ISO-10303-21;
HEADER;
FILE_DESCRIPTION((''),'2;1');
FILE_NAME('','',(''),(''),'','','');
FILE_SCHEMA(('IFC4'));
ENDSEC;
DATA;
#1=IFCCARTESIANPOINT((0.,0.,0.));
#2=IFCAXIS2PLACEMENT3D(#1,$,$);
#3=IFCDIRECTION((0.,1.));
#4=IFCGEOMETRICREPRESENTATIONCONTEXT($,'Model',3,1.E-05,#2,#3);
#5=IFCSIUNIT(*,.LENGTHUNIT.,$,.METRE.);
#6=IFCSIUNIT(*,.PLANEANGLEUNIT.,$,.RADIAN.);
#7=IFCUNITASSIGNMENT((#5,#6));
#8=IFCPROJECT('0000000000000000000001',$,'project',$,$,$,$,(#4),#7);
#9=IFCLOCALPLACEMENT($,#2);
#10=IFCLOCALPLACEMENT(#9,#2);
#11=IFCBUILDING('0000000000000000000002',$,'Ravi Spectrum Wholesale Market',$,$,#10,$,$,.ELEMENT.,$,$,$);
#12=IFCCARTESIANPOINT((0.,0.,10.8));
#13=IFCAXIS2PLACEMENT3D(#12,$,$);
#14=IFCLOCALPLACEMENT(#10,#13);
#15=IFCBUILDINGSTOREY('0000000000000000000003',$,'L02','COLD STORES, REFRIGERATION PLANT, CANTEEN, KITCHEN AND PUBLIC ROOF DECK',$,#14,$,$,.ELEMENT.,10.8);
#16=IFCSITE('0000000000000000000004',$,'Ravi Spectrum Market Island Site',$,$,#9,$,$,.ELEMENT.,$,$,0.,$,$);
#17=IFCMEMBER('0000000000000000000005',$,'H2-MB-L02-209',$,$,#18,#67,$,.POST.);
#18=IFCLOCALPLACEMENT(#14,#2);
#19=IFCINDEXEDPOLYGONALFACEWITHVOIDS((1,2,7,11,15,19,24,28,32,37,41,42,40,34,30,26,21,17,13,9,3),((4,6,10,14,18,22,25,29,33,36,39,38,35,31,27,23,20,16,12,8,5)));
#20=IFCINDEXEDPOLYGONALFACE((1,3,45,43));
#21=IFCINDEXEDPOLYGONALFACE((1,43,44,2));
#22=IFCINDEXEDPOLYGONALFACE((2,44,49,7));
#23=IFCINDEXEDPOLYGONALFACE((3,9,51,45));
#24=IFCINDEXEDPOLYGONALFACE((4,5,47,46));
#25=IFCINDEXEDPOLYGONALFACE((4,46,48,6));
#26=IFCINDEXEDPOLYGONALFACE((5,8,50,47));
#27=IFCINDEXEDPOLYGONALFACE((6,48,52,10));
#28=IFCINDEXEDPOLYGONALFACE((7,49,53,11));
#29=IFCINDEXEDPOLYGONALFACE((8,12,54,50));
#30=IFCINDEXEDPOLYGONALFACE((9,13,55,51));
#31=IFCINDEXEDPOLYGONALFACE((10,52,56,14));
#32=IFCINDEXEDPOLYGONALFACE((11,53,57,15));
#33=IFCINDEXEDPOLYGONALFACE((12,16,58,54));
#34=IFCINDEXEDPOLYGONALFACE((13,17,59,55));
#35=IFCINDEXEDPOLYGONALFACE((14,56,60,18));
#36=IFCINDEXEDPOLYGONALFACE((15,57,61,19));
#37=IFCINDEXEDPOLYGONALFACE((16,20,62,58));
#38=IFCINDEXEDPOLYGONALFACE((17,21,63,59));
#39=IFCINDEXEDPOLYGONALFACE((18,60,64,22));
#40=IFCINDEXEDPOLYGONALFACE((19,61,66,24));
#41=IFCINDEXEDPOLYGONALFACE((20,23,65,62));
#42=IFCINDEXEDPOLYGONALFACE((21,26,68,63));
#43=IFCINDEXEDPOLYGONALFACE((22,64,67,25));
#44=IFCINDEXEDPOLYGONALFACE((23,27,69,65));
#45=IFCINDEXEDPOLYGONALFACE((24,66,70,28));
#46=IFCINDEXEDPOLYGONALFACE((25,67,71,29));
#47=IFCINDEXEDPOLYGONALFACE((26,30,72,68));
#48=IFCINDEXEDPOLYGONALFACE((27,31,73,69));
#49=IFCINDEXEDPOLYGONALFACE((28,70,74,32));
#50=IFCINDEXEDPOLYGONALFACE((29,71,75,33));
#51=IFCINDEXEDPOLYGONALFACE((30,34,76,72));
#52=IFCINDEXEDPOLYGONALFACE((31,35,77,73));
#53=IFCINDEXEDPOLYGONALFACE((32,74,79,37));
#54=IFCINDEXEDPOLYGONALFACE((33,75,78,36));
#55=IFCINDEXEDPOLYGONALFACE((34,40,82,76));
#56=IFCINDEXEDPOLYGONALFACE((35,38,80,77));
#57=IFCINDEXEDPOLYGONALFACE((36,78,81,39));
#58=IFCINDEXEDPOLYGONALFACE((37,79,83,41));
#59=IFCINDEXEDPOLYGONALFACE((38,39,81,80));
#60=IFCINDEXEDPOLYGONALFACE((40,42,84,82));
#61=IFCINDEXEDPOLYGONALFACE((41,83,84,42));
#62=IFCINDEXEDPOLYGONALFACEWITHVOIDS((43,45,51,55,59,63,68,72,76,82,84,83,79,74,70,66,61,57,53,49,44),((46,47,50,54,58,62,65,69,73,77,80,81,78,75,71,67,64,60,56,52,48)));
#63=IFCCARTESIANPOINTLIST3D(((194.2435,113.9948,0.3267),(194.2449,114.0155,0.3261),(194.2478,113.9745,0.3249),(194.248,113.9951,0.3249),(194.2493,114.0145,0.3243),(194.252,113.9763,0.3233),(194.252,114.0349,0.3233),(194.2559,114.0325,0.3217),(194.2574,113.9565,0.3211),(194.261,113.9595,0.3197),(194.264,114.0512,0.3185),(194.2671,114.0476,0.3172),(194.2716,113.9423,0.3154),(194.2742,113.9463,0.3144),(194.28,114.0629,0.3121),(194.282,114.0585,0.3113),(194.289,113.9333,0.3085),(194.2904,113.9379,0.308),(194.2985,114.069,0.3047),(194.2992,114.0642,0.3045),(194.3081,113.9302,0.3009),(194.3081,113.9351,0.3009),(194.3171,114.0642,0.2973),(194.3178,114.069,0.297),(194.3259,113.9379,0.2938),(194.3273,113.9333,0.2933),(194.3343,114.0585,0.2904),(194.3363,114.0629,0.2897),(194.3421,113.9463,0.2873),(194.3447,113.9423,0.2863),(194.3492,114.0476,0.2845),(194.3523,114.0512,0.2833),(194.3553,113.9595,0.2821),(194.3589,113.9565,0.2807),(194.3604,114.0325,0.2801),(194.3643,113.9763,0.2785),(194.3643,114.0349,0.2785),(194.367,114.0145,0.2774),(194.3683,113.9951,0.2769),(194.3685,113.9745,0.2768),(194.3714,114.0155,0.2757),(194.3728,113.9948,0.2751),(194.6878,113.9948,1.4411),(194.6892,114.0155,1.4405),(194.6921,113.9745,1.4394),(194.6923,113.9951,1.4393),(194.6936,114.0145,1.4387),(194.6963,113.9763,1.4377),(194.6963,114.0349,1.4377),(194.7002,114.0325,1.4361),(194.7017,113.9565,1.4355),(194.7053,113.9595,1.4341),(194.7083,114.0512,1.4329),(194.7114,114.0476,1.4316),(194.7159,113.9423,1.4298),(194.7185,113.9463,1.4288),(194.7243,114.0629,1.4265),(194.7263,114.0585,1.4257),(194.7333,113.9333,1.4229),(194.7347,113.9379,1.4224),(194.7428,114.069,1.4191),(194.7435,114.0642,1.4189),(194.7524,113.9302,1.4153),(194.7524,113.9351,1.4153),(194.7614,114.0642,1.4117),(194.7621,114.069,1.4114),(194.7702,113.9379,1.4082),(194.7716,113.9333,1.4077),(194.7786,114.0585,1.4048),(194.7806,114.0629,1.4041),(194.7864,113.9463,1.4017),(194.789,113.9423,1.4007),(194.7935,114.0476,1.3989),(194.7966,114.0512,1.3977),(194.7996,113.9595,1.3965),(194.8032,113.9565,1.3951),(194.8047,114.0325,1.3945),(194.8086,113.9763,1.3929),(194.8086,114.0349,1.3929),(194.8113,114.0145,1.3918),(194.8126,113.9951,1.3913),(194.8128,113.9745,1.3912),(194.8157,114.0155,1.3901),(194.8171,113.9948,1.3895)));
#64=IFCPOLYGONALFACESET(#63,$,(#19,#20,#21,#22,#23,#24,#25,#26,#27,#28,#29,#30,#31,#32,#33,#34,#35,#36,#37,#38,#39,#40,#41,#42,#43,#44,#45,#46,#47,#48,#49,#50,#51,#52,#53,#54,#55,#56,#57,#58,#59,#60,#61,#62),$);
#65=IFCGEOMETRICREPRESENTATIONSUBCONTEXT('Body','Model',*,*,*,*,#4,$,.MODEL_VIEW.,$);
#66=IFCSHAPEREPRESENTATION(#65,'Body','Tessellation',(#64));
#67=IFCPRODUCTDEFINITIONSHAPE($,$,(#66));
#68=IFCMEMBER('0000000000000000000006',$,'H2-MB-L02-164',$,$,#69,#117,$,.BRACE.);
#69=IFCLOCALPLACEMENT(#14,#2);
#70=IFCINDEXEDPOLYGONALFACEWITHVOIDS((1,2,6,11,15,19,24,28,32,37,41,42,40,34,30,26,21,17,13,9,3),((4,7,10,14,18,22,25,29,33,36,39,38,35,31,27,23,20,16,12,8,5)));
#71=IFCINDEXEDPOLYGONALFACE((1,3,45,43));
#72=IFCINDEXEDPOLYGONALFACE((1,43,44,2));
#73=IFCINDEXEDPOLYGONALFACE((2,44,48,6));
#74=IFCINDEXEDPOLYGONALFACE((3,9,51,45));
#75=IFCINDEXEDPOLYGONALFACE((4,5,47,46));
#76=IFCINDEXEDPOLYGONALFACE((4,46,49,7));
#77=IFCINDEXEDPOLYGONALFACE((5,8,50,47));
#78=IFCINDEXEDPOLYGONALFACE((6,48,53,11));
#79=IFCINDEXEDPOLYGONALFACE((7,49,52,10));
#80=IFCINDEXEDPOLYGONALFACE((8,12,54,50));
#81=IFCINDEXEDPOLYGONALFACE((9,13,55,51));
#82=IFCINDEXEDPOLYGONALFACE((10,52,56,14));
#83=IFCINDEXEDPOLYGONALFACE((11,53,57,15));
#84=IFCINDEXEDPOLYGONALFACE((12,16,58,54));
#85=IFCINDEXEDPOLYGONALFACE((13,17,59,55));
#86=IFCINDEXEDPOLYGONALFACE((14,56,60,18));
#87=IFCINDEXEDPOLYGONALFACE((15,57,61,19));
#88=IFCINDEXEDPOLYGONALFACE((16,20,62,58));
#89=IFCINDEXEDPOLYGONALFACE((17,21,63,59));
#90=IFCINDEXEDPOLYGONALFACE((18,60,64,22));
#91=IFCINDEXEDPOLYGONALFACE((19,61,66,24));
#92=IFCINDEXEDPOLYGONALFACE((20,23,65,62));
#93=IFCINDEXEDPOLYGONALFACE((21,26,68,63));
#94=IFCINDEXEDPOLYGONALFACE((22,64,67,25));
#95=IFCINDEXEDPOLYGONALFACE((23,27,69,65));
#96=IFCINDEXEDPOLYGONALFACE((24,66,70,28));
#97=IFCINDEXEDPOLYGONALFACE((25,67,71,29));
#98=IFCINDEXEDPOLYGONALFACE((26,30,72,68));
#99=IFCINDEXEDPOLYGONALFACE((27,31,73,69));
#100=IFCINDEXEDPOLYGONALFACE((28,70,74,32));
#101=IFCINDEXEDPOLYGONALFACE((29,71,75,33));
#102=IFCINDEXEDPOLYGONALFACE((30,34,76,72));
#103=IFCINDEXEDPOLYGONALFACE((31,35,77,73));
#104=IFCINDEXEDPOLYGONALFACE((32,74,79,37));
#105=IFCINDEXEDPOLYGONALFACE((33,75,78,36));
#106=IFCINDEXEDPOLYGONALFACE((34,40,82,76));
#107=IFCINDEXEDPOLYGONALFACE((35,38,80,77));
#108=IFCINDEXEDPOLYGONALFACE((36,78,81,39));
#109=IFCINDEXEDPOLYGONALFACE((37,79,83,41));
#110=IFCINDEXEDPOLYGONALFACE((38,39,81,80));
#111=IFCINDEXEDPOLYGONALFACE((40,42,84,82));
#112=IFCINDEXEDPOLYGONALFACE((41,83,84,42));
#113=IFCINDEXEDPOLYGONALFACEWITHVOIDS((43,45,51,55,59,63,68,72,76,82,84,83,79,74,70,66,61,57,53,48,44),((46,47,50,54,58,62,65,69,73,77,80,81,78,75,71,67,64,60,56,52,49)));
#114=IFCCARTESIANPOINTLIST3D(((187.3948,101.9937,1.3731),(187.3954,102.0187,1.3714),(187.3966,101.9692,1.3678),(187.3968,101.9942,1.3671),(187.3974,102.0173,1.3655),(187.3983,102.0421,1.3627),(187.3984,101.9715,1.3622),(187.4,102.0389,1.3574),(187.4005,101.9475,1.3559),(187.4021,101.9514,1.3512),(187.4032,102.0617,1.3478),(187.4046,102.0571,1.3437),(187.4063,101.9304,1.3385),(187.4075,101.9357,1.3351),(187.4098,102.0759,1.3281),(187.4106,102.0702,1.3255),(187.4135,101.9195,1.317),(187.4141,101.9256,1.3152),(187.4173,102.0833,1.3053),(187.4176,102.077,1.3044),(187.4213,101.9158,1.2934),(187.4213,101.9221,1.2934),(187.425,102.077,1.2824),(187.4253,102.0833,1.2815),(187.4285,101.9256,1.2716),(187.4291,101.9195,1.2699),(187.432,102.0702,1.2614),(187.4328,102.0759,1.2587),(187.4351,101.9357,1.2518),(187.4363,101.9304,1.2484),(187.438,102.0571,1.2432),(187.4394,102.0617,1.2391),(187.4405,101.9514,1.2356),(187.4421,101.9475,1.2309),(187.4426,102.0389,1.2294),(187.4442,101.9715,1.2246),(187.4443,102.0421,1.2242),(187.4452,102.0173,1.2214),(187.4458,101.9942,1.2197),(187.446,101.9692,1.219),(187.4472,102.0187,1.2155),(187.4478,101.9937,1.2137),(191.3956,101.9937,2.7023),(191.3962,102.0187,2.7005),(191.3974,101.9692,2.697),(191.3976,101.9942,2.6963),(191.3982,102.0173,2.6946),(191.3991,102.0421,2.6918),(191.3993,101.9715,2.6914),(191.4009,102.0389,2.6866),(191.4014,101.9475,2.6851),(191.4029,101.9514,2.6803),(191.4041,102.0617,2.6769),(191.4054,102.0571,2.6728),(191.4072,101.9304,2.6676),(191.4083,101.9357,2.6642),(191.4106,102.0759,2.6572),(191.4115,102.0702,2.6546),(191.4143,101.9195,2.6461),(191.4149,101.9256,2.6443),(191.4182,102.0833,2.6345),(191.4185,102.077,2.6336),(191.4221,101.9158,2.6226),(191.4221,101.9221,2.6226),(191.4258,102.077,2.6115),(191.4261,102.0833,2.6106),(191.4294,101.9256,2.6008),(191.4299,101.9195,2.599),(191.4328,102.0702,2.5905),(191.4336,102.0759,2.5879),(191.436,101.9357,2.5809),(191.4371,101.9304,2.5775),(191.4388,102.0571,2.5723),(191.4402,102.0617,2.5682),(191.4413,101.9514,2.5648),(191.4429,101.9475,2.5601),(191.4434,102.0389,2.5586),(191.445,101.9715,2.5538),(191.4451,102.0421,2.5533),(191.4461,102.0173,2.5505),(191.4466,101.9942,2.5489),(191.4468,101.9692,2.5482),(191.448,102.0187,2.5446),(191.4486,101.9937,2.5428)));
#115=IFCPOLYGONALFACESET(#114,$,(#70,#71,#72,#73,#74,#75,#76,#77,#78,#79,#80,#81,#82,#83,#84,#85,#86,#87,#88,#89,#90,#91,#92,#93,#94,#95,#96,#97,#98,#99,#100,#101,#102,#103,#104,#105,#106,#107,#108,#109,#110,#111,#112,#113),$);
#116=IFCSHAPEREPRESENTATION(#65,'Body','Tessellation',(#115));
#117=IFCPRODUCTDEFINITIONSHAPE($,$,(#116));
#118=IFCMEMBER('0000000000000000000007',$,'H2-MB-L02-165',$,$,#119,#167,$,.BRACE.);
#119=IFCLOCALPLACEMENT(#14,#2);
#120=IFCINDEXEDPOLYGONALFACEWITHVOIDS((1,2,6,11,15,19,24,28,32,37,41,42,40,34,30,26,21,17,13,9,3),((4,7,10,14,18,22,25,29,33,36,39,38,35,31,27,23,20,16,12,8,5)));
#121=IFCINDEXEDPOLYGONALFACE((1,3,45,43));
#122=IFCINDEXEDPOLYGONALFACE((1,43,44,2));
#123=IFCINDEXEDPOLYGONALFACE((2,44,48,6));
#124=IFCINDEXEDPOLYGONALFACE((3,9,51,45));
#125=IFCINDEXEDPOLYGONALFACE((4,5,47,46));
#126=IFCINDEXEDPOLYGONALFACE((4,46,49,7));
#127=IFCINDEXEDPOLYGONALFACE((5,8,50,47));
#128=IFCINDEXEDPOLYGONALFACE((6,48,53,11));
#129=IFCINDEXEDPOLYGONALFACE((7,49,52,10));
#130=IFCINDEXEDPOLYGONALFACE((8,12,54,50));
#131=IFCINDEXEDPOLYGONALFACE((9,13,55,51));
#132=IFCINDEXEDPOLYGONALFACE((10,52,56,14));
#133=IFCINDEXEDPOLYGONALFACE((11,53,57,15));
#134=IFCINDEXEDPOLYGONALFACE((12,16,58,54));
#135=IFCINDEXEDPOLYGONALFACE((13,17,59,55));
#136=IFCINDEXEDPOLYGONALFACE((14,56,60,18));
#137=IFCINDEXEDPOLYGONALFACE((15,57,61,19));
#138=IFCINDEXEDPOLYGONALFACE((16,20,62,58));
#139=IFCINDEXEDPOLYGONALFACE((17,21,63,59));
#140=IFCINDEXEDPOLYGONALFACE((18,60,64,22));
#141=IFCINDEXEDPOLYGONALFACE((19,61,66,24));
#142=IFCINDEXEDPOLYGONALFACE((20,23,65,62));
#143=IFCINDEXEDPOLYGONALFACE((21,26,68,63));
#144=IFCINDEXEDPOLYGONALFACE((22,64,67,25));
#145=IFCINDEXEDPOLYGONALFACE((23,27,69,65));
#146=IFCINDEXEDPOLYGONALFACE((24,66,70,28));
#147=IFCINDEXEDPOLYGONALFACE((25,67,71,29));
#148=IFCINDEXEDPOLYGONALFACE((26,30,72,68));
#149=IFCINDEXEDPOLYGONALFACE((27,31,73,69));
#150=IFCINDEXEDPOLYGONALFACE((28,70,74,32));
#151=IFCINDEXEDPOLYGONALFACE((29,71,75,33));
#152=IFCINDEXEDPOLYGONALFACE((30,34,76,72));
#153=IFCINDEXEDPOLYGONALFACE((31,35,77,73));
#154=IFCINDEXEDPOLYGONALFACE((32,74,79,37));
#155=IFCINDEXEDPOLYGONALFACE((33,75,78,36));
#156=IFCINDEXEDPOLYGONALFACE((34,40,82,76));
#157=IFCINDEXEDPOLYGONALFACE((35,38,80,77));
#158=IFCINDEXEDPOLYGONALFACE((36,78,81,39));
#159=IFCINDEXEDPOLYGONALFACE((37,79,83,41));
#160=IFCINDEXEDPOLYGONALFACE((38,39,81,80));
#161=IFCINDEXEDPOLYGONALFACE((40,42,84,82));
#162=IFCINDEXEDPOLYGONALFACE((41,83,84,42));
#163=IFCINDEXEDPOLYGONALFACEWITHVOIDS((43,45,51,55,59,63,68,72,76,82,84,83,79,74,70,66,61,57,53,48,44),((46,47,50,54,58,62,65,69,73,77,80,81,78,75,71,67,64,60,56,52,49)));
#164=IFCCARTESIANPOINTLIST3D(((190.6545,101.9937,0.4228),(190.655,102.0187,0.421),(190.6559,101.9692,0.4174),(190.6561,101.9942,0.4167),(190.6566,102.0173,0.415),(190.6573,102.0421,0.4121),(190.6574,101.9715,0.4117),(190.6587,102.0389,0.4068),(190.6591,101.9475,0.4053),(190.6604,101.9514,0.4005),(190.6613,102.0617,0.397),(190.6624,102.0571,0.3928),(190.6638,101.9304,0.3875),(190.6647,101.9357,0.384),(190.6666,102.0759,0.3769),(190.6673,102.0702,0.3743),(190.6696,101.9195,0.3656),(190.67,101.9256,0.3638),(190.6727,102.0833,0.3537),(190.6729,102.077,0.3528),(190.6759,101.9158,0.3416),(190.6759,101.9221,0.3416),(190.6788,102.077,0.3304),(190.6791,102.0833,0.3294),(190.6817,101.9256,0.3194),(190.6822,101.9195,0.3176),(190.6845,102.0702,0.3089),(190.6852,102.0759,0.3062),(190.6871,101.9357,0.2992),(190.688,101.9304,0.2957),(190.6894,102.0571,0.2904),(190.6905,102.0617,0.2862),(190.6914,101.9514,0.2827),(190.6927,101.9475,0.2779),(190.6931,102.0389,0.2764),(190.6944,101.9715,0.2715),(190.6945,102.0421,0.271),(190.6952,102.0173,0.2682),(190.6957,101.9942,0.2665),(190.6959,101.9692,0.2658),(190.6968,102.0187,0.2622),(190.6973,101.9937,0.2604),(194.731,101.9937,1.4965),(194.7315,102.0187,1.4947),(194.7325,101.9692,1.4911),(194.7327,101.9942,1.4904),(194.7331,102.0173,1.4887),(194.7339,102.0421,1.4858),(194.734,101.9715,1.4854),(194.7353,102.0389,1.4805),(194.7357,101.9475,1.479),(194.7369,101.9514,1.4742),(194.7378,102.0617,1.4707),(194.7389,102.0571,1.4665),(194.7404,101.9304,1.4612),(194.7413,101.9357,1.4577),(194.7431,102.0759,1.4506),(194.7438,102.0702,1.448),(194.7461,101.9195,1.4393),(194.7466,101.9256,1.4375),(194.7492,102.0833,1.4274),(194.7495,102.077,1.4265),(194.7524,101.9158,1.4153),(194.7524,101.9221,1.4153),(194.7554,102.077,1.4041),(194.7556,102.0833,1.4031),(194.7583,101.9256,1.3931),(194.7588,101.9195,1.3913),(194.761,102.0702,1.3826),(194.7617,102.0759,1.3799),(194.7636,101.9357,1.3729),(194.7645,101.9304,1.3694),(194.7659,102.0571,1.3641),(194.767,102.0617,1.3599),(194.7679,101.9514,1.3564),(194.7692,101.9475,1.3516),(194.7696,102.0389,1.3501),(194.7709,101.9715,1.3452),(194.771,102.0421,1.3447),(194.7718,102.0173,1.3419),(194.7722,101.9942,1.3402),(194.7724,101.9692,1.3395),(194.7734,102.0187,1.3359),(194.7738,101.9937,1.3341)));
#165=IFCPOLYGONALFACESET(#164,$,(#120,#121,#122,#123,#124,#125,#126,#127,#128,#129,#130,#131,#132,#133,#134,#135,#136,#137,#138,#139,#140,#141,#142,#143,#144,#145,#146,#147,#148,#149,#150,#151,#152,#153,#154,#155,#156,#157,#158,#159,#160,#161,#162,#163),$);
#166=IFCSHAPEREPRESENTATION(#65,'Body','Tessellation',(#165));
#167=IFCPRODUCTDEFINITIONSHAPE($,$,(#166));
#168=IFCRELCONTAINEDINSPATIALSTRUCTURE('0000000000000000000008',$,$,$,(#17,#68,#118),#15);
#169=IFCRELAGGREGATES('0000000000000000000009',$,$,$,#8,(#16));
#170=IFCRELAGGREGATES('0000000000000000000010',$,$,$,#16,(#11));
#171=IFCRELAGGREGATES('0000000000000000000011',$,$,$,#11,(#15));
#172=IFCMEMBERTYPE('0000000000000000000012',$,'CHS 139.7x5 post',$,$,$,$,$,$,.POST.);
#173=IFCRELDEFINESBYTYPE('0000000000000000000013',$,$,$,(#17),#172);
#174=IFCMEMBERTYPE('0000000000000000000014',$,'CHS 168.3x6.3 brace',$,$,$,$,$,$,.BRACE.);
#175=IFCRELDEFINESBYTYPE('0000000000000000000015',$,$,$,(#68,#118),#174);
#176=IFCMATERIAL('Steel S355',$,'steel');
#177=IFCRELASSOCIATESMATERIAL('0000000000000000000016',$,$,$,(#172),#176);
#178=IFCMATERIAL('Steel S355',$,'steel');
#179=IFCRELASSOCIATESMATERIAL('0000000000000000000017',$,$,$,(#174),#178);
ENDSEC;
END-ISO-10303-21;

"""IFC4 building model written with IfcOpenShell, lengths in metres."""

from ifc_helpers import new_model, si_unit, direction, frame, origin, origin_2d, place, context, subcontext, project, spatial, hollow_circle, extrude, material, material_profile, profile_set, type_object, element, save


model = new_model("IFC4")

# Units and contexts
model_context = context("Model", 3, precision=1e-05, world=origin(), true_north=direction((0.0, 1.0)))
body_context = subcontext(model_context, "Body", "Model", "MODEL_VIEW")
ifc_project = project(units=[si_unit("LENGTHUNIT", "METRE"), si_unit("PLANEANGLEUNIT", "RADIAN")], contexts=[model_context])

# Site, building, storey
site_placement = place(None, origin())
site = spatial("IfcSite", under=ifc_project, at=site_placement, Name="Ravi Spectrum Market Island Site", CompositionType="ELEMENT", RefElevation=0.0)
building_placement = place(site_placement, origin())
building = spatial("IfcBuilding", under=site, at=building_placement, Name="Ravi Spectrum Wholesale Market", CompositionType="ELEMENT")
storey_placement = place(building_placement, frame((0.0, 0.0, 10.8)))
storey = spatial("IfcBuildingStorey", under=building, at=storey_placement, Name="L02", Description="COLD STORES, REFRIGERATION PLANT, CANTEEN, KITCHEN AND PUBLIC ROOF DECK", CompositionType="ELEMENT", Elevation=10.8)

# Members
ifc_material_1 = material(Name="Steel S355", Category="steel")
ifc_material_profile_1 = material_profile(ifc_material_1, hollow_circle(Radius=0.0698, WallThickness=0.0049, at=origin_2d()))
ifc_profile_set_1 = profile_set([ifc_material_profile_1], Name="Steel S355")
member_type_1 = type_object("IfcMemberType", Name="CHS 139.7x5 post", PredefinedType="POST", material=ifc_profile_set_1)
member_1_placement = place(storey_placement, frame((194.7524, 114.0, 1.4153), z_axis=(-0.370338, 0.0, -0.928897), x_axis=(0.0, -1.0, 0.0)))
element("IfcMember", 1, at=member_1_placement, inside=storey, type_object=member_type_1, Name="H2-MB-L02-209", PredefinedType="POST", context=body_context, shape_type="SweptSolid", body=[
    extrude(hollow_circle(Radius=0.0698, WallThickness=0.0049, at=origin_2d()), origin(), (0.0, 0.0, 1.0), 1.1997),
])
ifc_material_2 = material(Name="Steel S355", Category="steel")
ifc_material_profile_2 = material_profile(ifc_material_2, hollow_circle(Radius=0.0842, WallThickness=0.0063, at=origin_2d()))
ifc_profile_set_2 = profile_set([ifc_material_profile_2], Name="Steel S355")
member_type_2 = type_object("IfcMemberType", Name="CHS 168.3x6.3 brace", PredefinedType="BRACE", material=ifc_profile_set_2)
member_2_placement = place(storey_placement, frame((191.4221, 102.0, 2.6226), z_axis=(-0.949001, 0.0, -0.315272), x_axis=(0.0, -1.0, 0.0)))
element("IfcMember", 2, at=member_2_placement, inside=storey, type_object=member_type_2, Name="H2-MB-L02-164", PredefinedType="BRACE", context=body_context, shape_type="SweptSolid", body=[
    extrude(hollow_circle(Radius=0.0842, WallThickness=0.0063, at=origin_2d()), origin(), (0.0, 0.0, 1.0), 4.2158),
])
member_3_placement = place(storey_placement, frame((194.7524, 102.0, 1.4153), z_axis=(-0.967021, 0.0, -0.254699), x_axis=(0.0, -1.0, 0.0)))
element("IfcMember", 3, at=member_3_placement, inside=storey, type_object=member_type_2, Name="H2-MB-L02-165", PredefinedType="BRACE", context=body_context, shape_type="SweptSolid", body=[
    extrude(hollow_circle(Radius=0.0842, WallThickness=0.0063, at=origin_2d()), origin(), (0.0, 0.0, 1.0), 4.2156),
])

save(model, "model.ifc")
